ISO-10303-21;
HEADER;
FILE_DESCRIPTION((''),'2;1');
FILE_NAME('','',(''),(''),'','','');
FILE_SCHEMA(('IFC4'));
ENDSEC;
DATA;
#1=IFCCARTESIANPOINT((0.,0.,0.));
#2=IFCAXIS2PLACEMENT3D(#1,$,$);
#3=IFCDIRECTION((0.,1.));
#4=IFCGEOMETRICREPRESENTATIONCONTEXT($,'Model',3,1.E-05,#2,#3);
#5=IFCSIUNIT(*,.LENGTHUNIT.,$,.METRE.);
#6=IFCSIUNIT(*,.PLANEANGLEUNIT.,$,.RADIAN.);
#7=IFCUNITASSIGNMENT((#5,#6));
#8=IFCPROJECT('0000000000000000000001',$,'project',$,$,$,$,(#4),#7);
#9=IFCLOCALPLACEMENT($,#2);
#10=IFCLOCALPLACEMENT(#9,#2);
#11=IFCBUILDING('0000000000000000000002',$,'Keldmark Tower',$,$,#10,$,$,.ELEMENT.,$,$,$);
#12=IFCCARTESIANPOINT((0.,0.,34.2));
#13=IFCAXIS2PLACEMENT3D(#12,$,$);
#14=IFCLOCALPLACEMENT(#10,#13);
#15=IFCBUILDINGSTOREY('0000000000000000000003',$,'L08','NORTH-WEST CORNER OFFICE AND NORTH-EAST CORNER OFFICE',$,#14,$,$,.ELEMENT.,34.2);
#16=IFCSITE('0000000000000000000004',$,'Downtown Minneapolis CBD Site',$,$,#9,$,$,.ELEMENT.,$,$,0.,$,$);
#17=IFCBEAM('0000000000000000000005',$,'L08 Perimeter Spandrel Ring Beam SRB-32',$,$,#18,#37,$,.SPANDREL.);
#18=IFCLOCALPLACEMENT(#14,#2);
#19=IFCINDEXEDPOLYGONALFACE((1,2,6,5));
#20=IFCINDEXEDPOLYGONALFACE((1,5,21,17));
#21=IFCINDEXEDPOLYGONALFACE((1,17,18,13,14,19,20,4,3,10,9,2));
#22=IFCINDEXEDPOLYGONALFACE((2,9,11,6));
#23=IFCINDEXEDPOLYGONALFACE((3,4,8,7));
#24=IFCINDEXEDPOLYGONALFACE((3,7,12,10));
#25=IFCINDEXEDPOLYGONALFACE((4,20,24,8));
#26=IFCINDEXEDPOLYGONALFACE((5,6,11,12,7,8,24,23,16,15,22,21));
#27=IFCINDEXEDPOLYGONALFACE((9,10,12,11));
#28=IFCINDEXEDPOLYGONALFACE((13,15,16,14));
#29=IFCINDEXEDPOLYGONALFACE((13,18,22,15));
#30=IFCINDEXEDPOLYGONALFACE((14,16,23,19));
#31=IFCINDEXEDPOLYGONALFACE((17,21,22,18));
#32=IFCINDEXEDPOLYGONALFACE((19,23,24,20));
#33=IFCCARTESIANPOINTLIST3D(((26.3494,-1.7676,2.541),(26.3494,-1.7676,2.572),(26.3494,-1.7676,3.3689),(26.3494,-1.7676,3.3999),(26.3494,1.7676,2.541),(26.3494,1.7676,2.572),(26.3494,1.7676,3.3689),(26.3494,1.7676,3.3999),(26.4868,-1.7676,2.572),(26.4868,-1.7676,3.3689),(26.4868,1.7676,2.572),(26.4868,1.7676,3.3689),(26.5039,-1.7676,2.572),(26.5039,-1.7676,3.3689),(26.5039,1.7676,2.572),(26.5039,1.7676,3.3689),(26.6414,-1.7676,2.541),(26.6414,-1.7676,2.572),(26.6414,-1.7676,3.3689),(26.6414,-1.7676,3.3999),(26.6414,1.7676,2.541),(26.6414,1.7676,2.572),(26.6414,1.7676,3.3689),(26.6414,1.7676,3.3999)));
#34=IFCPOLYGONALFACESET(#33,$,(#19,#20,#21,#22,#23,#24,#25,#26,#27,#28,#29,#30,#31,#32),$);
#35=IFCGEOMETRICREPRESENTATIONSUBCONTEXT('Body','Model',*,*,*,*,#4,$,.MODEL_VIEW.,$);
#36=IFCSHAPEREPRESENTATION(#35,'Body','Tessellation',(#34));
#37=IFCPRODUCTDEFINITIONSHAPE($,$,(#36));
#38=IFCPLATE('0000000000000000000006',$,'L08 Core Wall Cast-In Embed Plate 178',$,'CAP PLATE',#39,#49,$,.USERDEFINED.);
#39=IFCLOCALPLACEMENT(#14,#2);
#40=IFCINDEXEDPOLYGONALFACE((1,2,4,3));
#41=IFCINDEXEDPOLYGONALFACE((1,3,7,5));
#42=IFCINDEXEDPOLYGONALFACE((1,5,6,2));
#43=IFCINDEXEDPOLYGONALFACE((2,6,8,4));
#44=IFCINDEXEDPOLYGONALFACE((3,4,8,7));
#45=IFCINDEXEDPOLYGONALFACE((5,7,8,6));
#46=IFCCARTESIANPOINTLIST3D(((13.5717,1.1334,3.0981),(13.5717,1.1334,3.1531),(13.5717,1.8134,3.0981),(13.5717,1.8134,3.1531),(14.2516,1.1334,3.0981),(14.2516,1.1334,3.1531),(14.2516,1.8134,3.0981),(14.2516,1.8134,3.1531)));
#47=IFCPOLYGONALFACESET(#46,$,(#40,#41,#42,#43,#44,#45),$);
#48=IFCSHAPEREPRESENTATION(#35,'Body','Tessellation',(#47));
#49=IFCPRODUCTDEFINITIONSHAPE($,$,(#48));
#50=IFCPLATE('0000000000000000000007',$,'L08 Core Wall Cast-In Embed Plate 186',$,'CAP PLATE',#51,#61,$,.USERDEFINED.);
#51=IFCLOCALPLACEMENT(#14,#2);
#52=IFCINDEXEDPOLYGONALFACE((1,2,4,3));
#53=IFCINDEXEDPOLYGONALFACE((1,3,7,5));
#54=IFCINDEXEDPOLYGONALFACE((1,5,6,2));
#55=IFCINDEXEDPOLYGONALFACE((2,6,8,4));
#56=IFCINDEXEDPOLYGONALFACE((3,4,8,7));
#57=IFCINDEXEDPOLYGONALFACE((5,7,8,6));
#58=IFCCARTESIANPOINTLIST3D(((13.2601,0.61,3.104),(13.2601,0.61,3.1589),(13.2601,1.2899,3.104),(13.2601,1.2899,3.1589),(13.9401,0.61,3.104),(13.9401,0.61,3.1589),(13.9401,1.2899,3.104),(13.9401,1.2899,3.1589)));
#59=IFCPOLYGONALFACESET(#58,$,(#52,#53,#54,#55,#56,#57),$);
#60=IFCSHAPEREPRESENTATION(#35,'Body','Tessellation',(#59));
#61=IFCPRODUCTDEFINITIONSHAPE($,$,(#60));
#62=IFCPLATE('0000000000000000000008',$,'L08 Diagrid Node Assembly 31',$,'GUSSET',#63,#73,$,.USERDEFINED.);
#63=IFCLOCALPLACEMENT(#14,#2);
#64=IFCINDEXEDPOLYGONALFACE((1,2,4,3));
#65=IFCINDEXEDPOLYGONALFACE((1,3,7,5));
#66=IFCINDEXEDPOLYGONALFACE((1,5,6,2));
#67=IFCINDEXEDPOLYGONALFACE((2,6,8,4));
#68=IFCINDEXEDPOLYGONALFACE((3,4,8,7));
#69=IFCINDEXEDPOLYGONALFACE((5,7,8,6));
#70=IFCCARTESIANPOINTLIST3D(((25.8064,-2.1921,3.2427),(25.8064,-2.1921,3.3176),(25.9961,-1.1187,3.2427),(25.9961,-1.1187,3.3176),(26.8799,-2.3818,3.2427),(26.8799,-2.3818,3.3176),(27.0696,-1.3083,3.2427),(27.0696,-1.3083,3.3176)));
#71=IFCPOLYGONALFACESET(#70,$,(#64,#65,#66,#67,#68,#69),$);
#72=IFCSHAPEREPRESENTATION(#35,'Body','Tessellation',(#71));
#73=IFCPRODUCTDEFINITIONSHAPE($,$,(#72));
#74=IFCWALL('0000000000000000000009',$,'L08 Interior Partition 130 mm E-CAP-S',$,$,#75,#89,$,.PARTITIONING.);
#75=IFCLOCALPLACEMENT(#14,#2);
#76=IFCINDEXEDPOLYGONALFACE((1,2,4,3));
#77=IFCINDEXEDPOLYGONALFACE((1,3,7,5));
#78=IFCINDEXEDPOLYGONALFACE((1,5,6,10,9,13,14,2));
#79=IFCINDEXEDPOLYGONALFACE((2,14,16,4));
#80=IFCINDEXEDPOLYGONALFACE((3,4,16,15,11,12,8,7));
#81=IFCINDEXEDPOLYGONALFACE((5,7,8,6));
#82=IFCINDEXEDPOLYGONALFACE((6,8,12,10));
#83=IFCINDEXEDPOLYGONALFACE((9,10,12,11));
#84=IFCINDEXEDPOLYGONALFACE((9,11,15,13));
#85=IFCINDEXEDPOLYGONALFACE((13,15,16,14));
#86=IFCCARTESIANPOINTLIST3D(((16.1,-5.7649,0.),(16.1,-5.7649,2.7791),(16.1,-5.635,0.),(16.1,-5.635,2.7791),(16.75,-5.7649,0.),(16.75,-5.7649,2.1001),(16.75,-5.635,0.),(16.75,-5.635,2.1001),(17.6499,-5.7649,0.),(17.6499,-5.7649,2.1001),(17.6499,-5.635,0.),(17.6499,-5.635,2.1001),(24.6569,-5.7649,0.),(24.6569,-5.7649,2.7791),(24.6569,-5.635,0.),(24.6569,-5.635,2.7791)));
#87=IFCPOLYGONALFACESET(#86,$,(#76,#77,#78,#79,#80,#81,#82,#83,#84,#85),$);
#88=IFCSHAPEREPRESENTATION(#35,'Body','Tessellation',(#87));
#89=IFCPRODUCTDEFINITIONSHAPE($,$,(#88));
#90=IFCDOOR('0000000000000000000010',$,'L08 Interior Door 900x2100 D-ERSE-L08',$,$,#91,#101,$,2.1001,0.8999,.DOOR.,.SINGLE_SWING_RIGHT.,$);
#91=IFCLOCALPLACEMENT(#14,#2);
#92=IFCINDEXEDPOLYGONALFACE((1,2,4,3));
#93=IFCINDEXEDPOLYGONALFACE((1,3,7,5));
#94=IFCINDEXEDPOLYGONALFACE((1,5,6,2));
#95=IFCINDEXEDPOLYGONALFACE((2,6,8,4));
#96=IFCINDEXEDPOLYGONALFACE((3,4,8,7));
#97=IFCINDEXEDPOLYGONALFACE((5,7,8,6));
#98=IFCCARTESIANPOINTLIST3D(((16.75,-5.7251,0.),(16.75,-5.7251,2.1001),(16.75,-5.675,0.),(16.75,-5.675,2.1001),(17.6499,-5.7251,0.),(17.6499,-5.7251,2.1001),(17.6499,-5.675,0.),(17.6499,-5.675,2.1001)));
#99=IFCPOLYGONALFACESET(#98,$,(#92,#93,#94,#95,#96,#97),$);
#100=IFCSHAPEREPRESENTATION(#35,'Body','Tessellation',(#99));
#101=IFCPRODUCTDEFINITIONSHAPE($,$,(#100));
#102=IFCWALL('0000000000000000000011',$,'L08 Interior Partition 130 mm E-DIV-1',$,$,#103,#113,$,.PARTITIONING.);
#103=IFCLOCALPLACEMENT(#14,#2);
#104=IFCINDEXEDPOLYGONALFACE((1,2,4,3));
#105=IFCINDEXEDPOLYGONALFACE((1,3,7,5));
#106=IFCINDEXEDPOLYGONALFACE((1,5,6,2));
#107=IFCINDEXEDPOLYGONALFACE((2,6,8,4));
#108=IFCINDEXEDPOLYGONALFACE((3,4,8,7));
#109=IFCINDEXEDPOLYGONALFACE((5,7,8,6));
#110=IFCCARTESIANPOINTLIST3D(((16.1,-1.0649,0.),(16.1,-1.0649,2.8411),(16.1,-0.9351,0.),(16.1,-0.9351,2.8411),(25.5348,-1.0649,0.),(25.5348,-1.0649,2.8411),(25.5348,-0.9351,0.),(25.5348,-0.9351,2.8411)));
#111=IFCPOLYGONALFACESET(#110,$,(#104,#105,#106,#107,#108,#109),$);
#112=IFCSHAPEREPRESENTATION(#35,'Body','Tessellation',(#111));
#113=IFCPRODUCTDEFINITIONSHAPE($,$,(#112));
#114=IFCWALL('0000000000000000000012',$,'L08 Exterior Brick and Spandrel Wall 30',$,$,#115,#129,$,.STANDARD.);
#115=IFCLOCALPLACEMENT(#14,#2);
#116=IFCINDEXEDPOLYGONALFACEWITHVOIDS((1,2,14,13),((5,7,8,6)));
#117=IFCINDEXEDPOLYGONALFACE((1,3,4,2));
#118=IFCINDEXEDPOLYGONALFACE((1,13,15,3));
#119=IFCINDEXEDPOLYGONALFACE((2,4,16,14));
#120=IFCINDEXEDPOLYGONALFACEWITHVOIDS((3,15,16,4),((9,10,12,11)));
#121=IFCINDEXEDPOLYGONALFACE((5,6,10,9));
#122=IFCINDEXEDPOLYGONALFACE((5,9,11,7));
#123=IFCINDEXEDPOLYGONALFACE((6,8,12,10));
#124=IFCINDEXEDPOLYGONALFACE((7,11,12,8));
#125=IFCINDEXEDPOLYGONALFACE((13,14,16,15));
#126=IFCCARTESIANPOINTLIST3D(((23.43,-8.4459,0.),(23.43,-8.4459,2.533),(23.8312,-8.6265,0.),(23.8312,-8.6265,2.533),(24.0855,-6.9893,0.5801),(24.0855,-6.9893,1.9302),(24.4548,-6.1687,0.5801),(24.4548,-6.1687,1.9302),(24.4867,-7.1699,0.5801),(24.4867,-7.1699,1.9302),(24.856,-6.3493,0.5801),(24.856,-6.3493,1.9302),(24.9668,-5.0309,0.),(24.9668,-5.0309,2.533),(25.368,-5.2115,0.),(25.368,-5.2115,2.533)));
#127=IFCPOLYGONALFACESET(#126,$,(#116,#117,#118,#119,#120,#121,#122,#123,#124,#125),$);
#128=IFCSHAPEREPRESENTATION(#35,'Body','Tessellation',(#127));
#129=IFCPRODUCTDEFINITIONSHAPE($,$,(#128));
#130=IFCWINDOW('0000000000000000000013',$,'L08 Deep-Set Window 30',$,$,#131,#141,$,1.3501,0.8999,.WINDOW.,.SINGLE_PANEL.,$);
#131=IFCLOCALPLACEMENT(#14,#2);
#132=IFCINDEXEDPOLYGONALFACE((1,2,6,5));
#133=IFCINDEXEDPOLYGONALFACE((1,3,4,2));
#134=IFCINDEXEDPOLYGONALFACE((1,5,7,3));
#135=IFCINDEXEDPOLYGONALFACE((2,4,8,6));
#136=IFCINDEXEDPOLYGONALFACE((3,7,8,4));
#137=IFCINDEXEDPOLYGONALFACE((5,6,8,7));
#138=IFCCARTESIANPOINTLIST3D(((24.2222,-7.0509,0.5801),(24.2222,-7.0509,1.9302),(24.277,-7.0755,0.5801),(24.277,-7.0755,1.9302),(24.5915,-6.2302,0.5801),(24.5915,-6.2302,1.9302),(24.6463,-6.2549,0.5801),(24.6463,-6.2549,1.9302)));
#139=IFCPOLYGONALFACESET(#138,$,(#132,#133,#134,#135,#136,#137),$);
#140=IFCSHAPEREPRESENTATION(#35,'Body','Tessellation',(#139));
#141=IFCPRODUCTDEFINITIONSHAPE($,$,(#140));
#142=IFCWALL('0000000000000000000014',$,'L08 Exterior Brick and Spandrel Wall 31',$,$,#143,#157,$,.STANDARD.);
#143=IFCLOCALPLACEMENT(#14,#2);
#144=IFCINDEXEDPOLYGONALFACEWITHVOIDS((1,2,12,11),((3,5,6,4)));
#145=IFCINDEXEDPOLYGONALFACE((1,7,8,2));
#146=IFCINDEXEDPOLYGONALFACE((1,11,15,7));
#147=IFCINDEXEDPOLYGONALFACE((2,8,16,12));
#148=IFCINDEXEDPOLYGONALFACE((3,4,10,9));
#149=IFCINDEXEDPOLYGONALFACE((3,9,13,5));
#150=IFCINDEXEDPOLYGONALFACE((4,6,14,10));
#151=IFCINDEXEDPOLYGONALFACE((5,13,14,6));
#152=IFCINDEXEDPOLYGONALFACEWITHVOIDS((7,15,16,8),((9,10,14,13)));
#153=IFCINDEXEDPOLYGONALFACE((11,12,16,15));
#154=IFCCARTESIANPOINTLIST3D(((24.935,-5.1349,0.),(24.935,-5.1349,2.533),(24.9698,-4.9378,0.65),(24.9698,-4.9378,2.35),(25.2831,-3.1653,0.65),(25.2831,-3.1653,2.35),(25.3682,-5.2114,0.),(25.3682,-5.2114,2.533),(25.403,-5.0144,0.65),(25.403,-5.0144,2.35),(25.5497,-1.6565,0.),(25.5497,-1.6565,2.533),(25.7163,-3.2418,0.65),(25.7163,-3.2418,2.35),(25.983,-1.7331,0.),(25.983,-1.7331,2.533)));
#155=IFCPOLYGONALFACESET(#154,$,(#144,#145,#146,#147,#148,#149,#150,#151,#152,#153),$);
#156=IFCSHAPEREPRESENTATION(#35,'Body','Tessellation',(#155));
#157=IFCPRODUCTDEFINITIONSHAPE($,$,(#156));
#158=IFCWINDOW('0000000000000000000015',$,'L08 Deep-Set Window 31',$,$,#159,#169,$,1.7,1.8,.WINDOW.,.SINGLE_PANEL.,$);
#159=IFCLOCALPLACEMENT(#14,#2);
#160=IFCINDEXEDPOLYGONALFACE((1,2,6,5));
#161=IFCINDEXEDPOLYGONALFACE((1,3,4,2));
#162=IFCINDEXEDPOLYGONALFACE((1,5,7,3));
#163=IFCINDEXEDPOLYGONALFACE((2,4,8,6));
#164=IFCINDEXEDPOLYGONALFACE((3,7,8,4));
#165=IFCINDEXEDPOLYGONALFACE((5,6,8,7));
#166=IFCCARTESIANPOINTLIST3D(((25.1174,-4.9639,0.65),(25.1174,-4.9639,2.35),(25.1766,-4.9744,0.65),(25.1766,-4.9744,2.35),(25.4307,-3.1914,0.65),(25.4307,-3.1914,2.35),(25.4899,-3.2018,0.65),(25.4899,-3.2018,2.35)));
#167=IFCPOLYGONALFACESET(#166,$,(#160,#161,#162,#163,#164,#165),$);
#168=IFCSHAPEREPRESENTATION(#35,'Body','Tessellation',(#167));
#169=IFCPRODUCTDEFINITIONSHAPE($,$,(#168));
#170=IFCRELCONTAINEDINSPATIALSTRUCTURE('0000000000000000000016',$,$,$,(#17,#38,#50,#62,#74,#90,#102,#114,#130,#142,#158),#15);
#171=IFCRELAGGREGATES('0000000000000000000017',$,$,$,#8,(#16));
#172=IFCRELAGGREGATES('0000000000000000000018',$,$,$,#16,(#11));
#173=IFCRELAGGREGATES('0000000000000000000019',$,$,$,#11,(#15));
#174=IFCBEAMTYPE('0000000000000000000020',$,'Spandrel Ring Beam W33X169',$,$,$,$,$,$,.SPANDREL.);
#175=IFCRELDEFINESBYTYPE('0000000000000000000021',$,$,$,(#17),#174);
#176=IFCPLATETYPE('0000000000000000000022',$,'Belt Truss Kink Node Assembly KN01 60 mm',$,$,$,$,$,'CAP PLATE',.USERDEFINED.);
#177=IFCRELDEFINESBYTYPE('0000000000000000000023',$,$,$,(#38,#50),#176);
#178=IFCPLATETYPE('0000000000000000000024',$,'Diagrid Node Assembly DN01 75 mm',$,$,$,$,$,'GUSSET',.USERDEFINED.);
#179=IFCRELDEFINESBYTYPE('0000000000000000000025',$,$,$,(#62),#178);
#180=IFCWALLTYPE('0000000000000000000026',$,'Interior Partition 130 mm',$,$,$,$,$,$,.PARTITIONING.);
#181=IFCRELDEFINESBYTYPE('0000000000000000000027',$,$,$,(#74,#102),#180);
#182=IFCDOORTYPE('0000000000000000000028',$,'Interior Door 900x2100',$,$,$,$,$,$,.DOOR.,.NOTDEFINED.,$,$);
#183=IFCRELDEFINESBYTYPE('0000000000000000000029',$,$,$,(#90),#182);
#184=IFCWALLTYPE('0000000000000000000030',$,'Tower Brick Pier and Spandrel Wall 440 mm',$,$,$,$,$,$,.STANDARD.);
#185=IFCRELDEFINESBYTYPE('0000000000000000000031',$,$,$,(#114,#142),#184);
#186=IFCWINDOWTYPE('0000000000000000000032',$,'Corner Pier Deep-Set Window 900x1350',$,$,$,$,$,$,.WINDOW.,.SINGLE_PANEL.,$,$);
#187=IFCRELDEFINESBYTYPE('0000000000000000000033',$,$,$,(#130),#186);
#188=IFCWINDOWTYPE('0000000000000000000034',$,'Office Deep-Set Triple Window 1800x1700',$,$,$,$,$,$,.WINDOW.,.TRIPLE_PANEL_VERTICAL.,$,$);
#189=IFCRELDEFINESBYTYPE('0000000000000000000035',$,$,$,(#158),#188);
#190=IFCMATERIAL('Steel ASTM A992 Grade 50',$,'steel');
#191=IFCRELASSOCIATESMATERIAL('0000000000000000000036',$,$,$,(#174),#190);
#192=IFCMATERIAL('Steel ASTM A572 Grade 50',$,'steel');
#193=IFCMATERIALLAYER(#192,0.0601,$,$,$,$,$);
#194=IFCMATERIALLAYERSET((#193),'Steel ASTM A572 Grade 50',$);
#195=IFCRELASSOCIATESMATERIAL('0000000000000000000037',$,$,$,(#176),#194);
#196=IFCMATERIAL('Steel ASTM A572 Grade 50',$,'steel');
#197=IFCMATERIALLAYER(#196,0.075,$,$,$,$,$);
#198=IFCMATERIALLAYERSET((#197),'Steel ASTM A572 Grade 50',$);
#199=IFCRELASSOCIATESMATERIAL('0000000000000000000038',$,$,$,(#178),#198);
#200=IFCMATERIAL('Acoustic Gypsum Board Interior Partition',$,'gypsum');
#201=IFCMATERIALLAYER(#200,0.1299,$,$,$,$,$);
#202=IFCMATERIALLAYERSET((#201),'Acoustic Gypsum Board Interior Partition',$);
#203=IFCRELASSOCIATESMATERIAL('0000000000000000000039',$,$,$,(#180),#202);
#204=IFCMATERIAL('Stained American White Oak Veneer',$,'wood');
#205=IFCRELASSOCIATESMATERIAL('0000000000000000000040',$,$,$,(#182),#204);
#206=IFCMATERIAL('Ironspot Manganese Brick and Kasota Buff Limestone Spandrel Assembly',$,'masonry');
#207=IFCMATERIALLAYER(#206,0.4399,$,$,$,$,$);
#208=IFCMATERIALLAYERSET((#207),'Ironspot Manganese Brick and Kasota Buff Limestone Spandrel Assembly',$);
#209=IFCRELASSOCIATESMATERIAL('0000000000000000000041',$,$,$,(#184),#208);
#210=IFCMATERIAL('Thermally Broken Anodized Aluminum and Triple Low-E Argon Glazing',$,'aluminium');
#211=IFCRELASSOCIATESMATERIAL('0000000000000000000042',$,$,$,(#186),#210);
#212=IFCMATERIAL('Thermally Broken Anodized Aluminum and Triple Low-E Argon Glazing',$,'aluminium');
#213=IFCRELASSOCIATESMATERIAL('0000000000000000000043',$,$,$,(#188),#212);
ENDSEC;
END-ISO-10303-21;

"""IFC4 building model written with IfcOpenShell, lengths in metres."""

from ifc_helpers import new_model, si_unit, direction, frame, frame_2d, origin, origin_2d, place, context, subcontext, project, spatial, rectangle, i_section, extrude, material, layer, layer_set, material_profile, profile_set, type_object, element, fill, save


model = new_model("IFC4")

# Units and contexts
model_context = context("Model", 3, precision=1e-05, world=origin(), true_north=direction((0.0, 1.0)))
body_context = subcontext(model_context, "Body", "Model", "MODEL_VIEW")
ifc_project = project(units=[si_unit("LENGTHUNIT", "METRE"), si_unit("PLANEANGLEUNIT", "RADIAN")], contexts=[model_context])

# Site, building, storey
site_placement = place(None, origin())
site = spatial("IfcSite", under=ifc_project, at=site_placement, Name="Downtown Minneapolis CBD Site", CompositionType="ELEMENT", RefElevation=0.0)
building_placement = place(site_placement, origin())
building = spatial("IfcBuilding", under=site, at=building_placement, Name="Keldmark Tower", CompositionType="ELEMENT")
storey_placement = place(building_placement, frame((0.0, 0.0, 34.2)))
storey = spatial("IfcBuildingStorey", under=building, at=storey_placement, Name="L08", Description="NORTH-WEST CORNER OFFICE AND NORTH-EAST CORNER OFFICE", CompositionType="ELEMENT", Elevation=34.2)

# Beam
ifc_material_1 = material(Name="Steel ASTM A992 Grade 50", Category="steel")
ifc_material_profile_1 = material_profile(ifc_material_1, i_section(OverallWidth=0.292, OverallDepth=0.8589, WebThickness=0.0171, FlangeThickness=0.031, at=origin_2d()), Name="W33X169")
ifc_profile_set_1 = profile_set([ifc_material_profile_1], Name="Steel ASTM A992 Grade 50")
beam_type_1 = type_object("IfcBeamType", Name="Spandrel Ring Beam W33X169", PredefinedType="SPANDREL", material=ifc_profile_set_1)
beam_1_placement = place(storey_placement, frame((26.4954, -1.7676, 2.9705), z_axis=(0.0, 1.0, 0.0), x_axis=(-1.0, 0.0, 0.0)))
element("IfcBeam", 1, at=beam_1_placement, inside=storey, type_object=beam_type_1, Name="L08 Perimeter Spandrel Ring Beam SRB-32", PredefinedType="SPANDREL", context=body_context, shape_type="SweptSolid", body=[
    extrude(i_section(OverallWidth=0.292, OverallDepth=0.8589, WebThickness=0.0171, FlangeThickness=0.031, at=origin_2d()), origin(), (0.0, 0.0, 1.0), 3.5352),
])

# Plates
ifc_material_2 = material(Name="Steel ASTM A572 Grade 50", Category="steel")
ifc_layer_1 = layer(ifc_material_2, 0.0601)
ifc_layer_set_1 = layer_set([ifc_layer_1], Name="Steel ASTM A572 Grade 50")
plate_type_1 = type_object("IfcPlateType", Name="Belt Truss Kink Node Assembly KN01 60 mm", ElementType="CAP PLATE", PredefinedType="USERDEFINED", material=ifc_layer_set_1)
for number, where, z_axis, x_axis, name in (
    (2, (13.9116, 1.4734, 3.0981), (0.0, 0.0, 1.0), (1.0, 0.0, 0.0), "L08 Core Wall Cast-In Embed Plate 178"),
    (3, (13.6001, 0.95, 3.104), (0.0, 0.0, 1.0), (1.0, 0.0, 0.0), "L08 Core Wall Cast-In Embed Plate 186"),
):
    element("IfcPlate", number, at=place(storey_placement, frame(where, z_axis=z_axis, x_axis=x_axis)), inside=storey, type_object=plate_type_1, Name=name, ObjectType="CAP PLATE", PredefinedType="USERDEFINED", context=body_context, shape_type="SweptSolid", body=[
        extrude(rectangle(XDim=0.6799, YDim=0.6799, at=origin_2d()), origin(), (0.0, 0.0, 1.0), 0.0549),
    ])
ifc_material_3 = material(Name="Steel ASTM A572 Grade 50", Category="steel")
ifc_layer_2 = layer(ifc_material_3, 0.075)
ifc_layer_set_2 = layer_set([ifc_layer_2], Name="Steel ASTM A572 Grade 50")
plate_type_2 = type_object("IfcPlateType", Name="Diagrid Node Assembly DN01 75 mm", ElementType="GUSSET", PredefinedType="USERDEFINED", material=ifc_layer_set_2)
plate_placement = place(storey_placement, frame((26.438, -1.7502, 3.2427), z_axis=(0.0, 0.0, 1.0), x_axis=(0.173992, 0.984747, 0.0)))
element("IfcPlate", 4, at=plate_placement, inside=storey, type_object=plate_type_2, Name="L08 Diagrid Node Assembly 31", ObjectType="GUSSET", PredefinedType="USERDEFINED", context=body_context, shape_type="SweptSolid", body=[
    extrude(rectangle(XDim=1.0901, YDim=1.0901, at=origin_2d()), origin(), (0.0, 0.0, 1.0), 0.075),
])

# Wall, opening, door
ifc_material_4 = material(Name="Acoustic Gypsum Board Interior Partition", Category="gypsum")
ifc_layer_3 = layer(ifc_material_4, 0.1299)
ifc_layer_set_3 = layer_set([ifc_layer_3], Name="Acoustic Gypsum Board Interior Partition")
wall_type_1 = type_object("IfcWallType", Name="Interior Partition 130 mm", PredefinedType="PARTITIONING", material=ifc_layer_set_3)
wall_1_placement = place(storey_placement, frame((16.1001, -5.7, 0.0), z_axis=(0.0, 0.0, 1.0), x_axis=(1.0, 0.0, 0.0)))
wall_1 = element("IfcWall", 5, at=wall_1_placement, inside=storey, type_object=wall_type_1, Name="L08 Interior Partition 130 mm E-CAP-S", PredefinedType="PARTITIONING", context=body_context, shape_type="SweptSolid", body=[
    extrude(rectangle(XDim=8.5569, YDim=0.1299, at=frame_2d((4.2783, 0.0))), origin(), (0.0, 0.0, 1.0), 2.7791),
])
opening_1_placement = place(wall_1_placement, frame((0.6499, 0.0, 0.0)))
opening_1 = element("IfcOpeningElement", 6, at=opening_1_placement, cuts=wall_1, PredefinedType="OPENING", context=body_context, shape_type="SweptSolid", body=[
    extrude(rectangle(XDim=0.8999, YDim=2.1001, at=frame_2d((0.45, 1.05))), frame((0.0, 0.075, 0.0), z_axis=(0.0, -1.0, 0.0), x_axis=(1.0, 0.0, 0.0)), (0.0, 0.0, 1.0), 0.1499),
])
ifc_material_5 = material(Name="Stained American White Oak Veneer", Category="wood")
door_type_1 = type_object("IfcDoorType", Name="Interior Door 900x2100", OperationType="NOTDEFINED", PredefinedType="DOOR", material=ifc_material_5)
door_1_placement = place(opening_1_placement, origin())
door_1 = element("IfcDoor", 7, at=door_1_placement, inside=storey, type_object=door_type_1, Name="L08 Interior Door 900x2100 D-ERSE-L08", OperationType="SINGLE_SWING_RIGHT", OverallHeight=2.1001, OverallWidth=0.8999, PredefinedType="DOOR", context=body_context, shape_type="SweptSolid", body=[
    extrude(rectangle(XDim=0.8999, YDim=2.1001, at=frame_2d((0.45, 1.05))), frame((0.0, 0.0249, 0.0), z_axis=(0.0, -1.0, 0.0), x_axis=(1.0, 0.0, 0.0)), (0.0, 0.0, 1.0), 0.05),
])
fill(opening_1, door_1)

# Wall
wall_2_placement = place(storey_placement, frame((16.1001, -1.0, 0.0), z_axis=(0.0, 0.0, 1.0), x_axis=(1.0, 0.0, 0.0)))
element("IfcWall", 8, at=wall_2_placement, inside=storey, type_object=wall_type_1, Name="L08 Interior Partition 130 mm E-DIV-1", PredefinedType="PARTITIONING", context=body_context, shape_type="SweptSolid", body=[
    extrude(rectangle(XDim=9.4348, YDim=0.1299, at=frame_2d((4.7173, 0.0))), origin(), (0.0, 0.0, 1.0), 2.8411),
])

# Walls, openings, windows
ifc_material_6 = material(Name="Ironspot Manganese Brick and Kasota Buff Limestone Spandrel Assembly", Category="masonry")
ifc_layer_4 = layer(ifc_material_6, 0.4399)
ifc_layer_set_4 = layer_set([ifc_layer_4], Name="Ironspot Manganese Brick and Kasota Buff Limestone Spandrel Assembly")
wall_type_2 = type_object("IfcWallType", Name="Tower Brick Pier and Spandrel Wall 440 mm", PredefinedType="STANDARD", material=ifc_layer_set_4)
wall_3_placement = place(storey_placement, frame((25.1675, -5.1211, 0.0), z_axis=(0.0, 0.0, 1.0), x_axis=(-0.410386, -0.911912, 0.0)))
wall_3 = element("IfcWall", 9, at=wall_3_placement, inside=storey, type_object=wall_type_2, Name="L08 Exterior Brick and Spandrel Wall 30", PredefinedType="STANDARD", context=body_context, shape_type="SweptSolid", body=[
    extrude(rectangle(XDim=3.7449, YDim=0.4399, at=frame_2d((1.8726, 0.0))), origin(), (0.0, 0.0, 1.0), 2.533),
])
opening_2_placement = place(wall_3_placement, frame((1.2478, 0.0, 0.5801)))
opening_2 = element("IfcOpeningElement", 10, at=opening_2_placement, cuts=wall_3, PredefinedType="OPENING", context=body_context, shape_type="SweptSolid", body=[
    extrude(rectangle(XDim=0.8999, YDim=1.3501, at=frame_2d((0.45, 0.675))), frame((0.0, 0.23, 0.0), z_axis=(0.0, -1.0, 0.0), x_axis=(1.0, 0.0, 0.0)), (0.0, 0.0, 1.0), 0.46),
])
ifc_material_7 = material(Name="Thermally Broken Anodized Aluminum and Triple Low-E Argon Glazing", Category="aluminium")
window_type_1 = type_object("IfcWindowType", Name="Corner Pier Deep-Set Window 900x1350", PartitioningType="SINGLE_PANEL", PredefinedType="WINDOW", material=ifc_material_7)
window_1_placement = place(opening_2_placement, origin())
window_1 = element("IfcWindow", 11, at=window_1_placement, inside=storey, type_object=window_type_1, Name="L08 Deep-Set Window 30", OverallHeight=1.3501, OverallWidth=0.8999, PartitioningType="SINGLE_PANEL", PredefinedType="WINDOW", context=body_context, shape_type="SweptSolid", body=[
    extrude(rectangle(XDim=0.8999, YDim=1.3501, at=frame_2d((0.45, 0.675))), frame((0.0, -0.01, 0.0), z_axis=(0.0, -1.0, 0.0), x_axis=(1.0, 0.0, 0.0)), (0.0, 0.0, 1.0), 0.0601),
])
fill(opening_2, window_1)
wall_4_placement = place(storey_placement, frame((25.7664, -1.6948, 0.0), z_axis=(0.0, 0.0, 1.0), x_axis=(-0.174042, -0.984738, 0.0)))
wall_4 = element("IfcWall", 12, at=wall_4_placement, inside=storey, type_object=wall_type_2, Name="L08 Exterior Brick and Spandrel Wall 31", PredefinedType="STANDARD", context=body_context, shape_type="SweptSolid", body=[
    extrude(rectangle(XDim=3.5322, YDim=0.4399, at=frame_2d((1.7661, 0.0))), origin(), (0.0, 0.0, 1.0), 2.533),
])
opening_3_placement = place(wall_4_placement, frame((1.5322, 0.0, 0.6499)))
opening_3 = element("IfcOpeningElement", 13, at=opening_3_placement, cuts=wall_4, PredefinedType="OPENING", context=body_context, shape_type="SweptSolid", body=[
    extrude(rectangle(XDim=1.8, YDim=1.7, at=frame_2d((0.8999, 0.8501))), frame((0.0, 0.23, 0.0), z_axis=(0.0, -1.0, 0.0), x_axis=(1.0, 0.0, 0.0)), (0.0, 0.0, 1.0), 0.46),
])
ifc_material_8 = material(Name="Thermally Broken Anodized Aluminum and Triple Low-E Argon Glazing", Category="aluminium")
window_type_2 = type_object("IfcWindowType", Name="Office Deep-Set Triple Window 1800x1700", PartitioningType="TRIPLE_PANEL_VERTICAL", PredefinedType="WINDOW", material=ifc_material_8)
window_2_placement = place(opening_3_placement, origin())
window_2 = element("IfcWindow", 14, at=window_2_placement, inside=storey, type_object=window_type_2, Name="L08 Deep-Set Window 31", OverallHeight=1.7, OverallWidth=1.8, PartitioningType="SINGLE_PANEL", PredefinedType="WINDOW", context=body_context, shape_type="SweptSolid", body=[
    extrude(rectangle(XDim=1.8, YDim=1.7, at=frame_2d((0.8999, 0.8501))), frame((0.0, -0.01, 0.0), z_axis=(0.0, -1.0, 0.0), x_axis=(1.0, 0.0, 0.0)), (0.0, 0.0, 1.0), 0.0601),
])
fill(opening_3, window_2)

save(model, "model.ifc")
